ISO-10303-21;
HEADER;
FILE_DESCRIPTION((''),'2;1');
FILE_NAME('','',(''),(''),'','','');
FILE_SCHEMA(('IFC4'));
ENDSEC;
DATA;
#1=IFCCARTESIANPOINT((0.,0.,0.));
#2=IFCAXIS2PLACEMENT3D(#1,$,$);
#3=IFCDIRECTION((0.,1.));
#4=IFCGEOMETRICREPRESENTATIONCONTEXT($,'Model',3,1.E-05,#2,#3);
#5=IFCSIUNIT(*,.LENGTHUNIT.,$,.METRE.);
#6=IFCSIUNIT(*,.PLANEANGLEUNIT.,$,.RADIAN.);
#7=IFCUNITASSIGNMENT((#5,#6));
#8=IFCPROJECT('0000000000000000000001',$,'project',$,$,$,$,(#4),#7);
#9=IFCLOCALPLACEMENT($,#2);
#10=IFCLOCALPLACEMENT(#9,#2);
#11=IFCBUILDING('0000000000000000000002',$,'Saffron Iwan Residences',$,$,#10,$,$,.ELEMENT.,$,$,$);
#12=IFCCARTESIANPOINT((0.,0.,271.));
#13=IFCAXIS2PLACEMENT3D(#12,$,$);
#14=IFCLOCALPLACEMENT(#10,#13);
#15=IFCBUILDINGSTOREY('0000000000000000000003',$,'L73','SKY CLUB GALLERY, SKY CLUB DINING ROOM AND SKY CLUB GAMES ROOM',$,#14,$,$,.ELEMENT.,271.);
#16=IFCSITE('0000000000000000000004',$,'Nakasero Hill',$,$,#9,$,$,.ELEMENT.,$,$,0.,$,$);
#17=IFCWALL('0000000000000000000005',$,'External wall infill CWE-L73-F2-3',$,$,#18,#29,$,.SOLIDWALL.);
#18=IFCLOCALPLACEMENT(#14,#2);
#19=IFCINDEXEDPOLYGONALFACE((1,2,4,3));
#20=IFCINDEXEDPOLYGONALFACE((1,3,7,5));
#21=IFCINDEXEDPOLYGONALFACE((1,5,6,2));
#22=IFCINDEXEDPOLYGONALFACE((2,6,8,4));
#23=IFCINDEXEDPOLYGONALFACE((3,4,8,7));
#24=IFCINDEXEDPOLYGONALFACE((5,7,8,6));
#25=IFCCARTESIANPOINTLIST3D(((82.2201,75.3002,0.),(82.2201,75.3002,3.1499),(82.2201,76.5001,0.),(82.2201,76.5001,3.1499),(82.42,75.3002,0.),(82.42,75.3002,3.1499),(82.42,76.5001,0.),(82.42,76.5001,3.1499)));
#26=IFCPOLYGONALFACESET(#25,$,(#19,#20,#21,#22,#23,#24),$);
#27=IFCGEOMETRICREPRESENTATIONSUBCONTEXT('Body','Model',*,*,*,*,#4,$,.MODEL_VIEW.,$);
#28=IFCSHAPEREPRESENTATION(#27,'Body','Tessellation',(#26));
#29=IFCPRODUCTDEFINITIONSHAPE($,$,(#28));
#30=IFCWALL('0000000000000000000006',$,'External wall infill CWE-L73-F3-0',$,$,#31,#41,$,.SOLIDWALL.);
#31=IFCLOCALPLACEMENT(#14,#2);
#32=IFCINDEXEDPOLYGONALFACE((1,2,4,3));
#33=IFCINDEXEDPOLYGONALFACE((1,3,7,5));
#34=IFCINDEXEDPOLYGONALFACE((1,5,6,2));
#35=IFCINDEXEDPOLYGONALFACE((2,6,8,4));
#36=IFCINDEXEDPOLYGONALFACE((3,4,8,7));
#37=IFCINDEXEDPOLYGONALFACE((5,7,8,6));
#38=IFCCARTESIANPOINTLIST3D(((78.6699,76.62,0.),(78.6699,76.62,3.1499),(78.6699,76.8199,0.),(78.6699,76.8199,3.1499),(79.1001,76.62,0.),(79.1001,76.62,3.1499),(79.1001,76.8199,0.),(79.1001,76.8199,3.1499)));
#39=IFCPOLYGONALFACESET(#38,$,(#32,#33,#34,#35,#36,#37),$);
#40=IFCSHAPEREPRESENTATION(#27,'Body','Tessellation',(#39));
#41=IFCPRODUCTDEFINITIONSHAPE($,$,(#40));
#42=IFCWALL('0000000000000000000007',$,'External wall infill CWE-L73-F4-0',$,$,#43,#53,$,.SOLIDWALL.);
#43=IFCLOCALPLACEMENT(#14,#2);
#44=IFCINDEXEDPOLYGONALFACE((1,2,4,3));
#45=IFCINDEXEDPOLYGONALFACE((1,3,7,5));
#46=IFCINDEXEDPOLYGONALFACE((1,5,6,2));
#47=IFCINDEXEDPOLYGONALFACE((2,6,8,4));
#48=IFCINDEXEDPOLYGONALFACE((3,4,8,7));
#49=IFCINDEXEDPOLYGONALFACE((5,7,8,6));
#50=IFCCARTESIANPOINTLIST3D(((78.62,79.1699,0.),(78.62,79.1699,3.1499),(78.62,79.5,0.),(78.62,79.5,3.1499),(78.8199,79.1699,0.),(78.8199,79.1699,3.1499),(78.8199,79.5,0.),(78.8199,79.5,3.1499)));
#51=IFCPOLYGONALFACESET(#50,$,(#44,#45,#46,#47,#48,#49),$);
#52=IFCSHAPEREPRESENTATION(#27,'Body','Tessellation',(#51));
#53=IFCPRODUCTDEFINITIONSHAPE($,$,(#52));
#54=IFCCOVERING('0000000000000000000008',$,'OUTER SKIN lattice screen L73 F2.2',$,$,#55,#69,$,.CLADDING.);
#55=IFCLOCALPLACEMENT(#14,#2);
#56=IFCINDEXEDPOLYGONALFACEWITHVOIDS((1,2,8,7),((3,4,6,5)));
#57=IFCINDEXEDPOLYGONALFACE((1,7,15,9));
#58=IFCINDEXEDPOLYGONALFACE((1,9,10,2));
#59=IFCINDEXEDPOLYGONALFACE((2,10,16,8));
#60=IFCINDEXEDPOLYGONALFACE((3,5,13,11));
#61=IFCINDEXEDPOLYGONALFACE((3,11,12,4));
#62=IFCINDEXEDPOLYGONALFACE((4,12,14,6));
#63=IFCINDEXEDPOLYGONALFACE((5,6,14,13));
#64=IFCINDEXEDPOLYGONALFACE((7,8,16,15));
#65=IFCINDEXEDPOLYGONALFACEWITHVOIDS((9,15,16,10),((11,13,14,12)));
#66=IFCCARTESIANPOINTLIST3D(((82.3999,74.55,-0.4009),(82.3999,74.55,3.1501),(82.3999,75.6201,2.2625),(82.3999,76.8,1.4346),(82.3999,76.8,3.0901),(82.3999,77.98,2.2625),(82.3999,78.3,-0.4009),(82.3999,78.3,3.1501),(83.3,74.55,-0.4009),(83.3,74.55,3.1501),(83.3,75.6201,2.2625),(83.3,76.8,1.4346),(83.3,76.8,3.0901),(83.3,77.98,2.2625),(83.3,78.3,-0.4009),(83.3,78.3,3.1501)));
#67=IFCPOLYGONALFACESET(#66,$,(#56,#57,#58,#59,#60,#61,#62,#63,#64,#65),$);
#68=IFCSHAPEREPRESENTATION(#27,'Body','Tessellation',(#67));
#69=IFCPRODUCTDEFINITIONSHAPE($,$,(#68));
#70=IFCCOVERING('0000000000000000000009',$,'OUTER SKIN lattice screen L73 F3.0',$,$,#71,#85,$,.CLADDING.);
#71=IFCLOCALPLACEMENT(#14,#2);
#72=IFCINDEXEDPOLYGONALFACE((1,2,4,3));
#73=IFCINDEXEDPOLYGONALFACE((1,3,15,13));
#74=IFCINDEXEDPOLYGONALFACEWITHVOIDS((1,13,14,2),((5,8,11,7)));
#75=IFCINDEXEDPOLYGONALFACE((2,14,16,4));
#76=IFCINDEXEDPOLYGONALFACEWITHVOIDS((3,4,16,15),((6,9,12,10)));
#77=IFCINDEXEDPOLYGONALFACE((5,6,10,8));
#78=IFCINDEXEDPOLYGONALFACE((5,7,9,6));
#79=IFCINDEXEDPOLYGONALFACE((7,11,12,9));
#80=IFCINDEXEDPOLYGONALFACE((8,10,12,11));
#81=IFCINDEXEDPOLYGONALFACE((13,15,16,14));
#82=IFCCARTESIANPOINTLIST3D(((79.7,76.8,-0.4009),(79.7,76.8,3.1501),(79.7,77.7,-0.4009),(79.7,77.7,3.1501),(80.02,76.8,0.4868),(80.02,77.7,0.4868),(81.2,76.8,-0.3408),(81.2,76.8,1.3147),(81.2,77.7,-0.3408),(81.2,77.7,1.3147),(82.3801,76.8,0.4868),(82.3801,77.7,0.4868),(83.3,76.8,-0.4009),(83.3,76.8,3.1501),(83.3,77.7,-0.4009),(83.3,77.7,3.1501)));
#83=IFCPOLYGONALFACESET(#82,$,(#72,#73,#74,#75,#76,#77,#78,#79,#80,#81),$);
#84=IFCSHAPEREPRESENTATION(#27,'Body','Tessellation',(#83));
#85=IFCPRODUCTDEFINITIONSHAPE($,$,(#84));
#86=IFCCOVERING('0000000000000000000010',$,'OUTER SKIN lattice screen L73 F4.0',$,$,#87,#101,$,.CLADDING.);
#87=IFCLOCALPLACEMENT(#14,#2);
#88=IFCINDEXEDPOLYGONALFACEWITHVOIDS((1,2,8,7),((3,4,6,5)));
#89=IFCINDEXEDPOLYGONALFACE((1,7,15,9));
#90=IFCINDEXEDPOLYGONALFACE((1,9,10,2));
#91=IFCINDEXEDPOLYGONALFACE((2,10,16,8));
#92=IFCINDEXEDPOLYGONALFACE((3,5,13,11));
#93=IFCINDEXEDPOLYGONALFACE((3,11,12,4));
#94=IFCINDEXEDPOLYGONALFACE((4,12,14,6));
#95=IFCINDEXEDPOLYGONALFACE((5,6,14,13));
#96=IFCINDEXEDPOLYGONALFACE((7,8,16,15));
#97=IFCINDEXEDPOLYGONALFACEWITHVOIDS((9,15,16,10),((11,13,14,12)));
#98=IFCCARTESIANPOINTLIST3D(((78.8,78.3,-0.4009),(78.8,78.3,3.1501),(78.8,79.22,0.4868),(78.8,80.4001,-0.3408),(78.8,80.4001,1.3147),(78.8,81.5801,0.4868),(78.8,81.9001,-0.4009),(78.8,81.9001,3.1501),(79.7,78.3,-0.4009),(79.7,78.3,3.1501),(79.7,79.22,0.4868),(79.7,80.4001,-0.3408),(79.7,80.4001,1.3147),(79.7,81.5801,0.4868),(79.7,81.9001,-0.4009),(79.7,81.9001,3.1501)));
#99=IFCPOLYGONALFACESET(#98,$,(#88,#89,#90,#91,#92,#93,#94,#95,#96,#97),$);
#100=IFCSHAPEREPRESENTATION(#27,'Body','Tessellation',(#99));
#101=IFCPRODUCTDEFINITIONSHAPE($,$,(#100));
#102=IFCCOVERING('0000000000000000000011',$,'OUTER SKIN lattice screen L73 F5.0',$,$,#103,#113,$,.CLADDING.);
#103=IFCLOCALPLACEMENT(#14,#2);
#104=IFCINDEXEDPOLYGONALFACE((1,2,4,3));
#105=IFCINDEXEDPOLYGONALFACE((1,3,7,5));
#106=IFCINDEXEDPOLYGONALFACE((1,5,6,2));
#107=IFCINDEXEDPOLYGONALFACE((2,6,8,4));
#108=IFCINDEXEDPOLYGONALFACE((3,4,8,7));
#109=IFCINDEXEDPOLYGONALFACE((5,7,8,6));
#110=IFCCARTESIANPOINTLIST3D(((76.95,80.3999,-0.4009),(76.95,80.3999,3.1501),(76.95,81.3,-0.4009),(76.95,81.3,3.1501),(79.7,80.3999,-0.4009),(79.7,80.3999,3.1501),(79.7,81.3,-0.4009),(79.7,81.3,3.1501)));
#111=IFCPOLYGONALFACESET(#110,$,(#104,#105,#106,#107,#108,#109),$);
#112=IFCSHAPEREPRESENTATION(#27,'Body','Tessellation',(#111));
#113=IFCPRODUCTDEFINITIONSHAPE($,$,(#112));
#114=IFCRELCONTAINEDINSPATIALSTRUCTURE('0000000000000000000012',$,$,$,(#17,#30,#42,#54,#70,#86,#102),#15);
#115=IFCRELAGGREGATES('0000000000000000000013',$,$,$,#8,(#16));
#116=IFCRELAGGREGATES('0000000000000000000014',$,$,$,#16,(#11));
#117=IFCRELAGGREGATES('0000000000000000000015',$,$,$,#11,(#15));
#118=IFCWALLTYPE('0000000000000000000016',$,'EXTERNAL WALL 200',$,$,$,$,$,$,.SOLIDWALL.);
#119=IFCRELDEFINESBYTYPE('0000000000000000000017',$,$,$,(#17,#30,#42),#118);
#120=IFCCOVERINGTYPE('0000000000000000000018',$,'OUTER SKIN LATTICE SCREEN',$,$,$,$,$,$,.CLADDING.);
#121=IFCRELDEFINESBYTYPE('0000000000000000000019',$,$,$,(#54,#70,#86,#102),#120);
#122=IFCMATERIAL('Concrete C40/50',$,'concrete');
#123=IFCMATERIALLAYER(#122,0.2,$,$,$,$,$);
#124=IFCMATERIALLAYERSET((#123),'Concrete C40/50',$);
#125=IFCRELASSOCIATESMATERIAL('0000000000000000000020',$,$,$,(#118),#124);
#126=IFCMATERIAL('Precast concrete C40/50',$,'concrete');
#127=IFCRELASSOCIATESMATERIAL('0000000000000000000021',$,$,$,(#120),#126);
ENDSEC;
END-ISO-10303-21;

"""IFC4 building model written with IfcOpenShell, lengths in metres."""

from ifc_helpers import new_model, si_unit, direction, frame, frame_2d, origin, place, context, subcontext, project, spatial, polyline, rectangle, outline, extrude, material, layer, layer_set, type_object, element, save


model = new_model("IFC4")

# Units and contexts
model_context = context("Model", 3, precision=1e-05, world=origin(), true_north=direction((0.0, 1.0)))
body_context = subcontext(model_context, "Body", "Model", "MODEL_VIEW")
ifc_project = project(units=[si_unit("LENGTHUNIT", "METRE"), si_unit("PLANEANGLEUNIT", "RADIAN")], contexts=[model_context])

# Site, building, storey
site_placement = place(None, origin())
site = spatial("IfcSite", under=ifc_project, at=site_placement, Name="Nakasero Hill", CompositionType="ELEMENT", RefElevation=0.0)
building_placement = place(site_placement, origin())
building = spatial("IfcBuilding", under=site, at=building_placement, Name="Saffron Iwan Residences", CompositionType="ELEMENT")
storey_placement = place(building_placement, frame((0.0, 0.0, 271.0)))
storey = spatial("IfcBuildingStorey", under=building, at=storey_placement, Name="L73", Description="SKY CLUB GALLERY, SKY CLUB DINING ROOM AND SKY CLUB GAMES ROOM", CompositionType="ELEMENT", Elevation=271.0)

# Shared definitions
ifc_material_1 = material(Name="Concrete C40/50", Category="concrete")

# Walls
ifc_layer_1 = layer(ifc_material_1, 0.2)
ifc_layer_set_1 = layer_set([ifc_layer_1], Name="Concrete C40/50")
wall_type = type_object("IfcWallType", Name="EXTERNAL WALL 200", PredefinedType="SOLIDWALL", material=ifc_layer_set_1)
wall_1_placement = place(storey_placement, frame((82.3201, 75.3, 0.0), z_axis=(0.0, 0.0, 1.0), x_axis=(0.0, 1.0, 0.0)))
element("IfcWall", 1, at=wall_1_placement, inside=storey, type_object=wall_type, Name="External wall infill CWE-L73-F2-3", PredefinedType="SOLIDWALL", context=body_context, shape_type="SweptSolid", body=[
    extrude(rectangle(XDim=1.2, YDim=0.2, at=frame_2d((0.6001, 0.0))), origin(), (0.0, 0.0, 1.0), 3.1499),
])
wall_2_placement = place(storey_placement, frame((79.1001, 76.72, 0.0), z_axis=(0.0, 0.0, 1.0), x_axis=(-1.0, 0.0, 0.0)))
element("IfcWall", 2, at=wall_2_placement, inside=storey, type_object=wall_type, Name="External wall infill CWE-L73-F3-0", PredefinedType="SOLIDWALL", context=body_context, shape_type="SweptSolid", body=[
    extrude(rectangle(XDim=0.4302, YDim=0.2, at=frame_2d((0.2151, 0.0))), origin(), (0.0, 0.0, 1.0), 3.1499),
])
wall_3_placement = place(storey_placement, frame((78.72, 79.1699, 0.0), z_axis=(0.0, 0.0, 1.0), x_axis=(0.0, 1.0, 0.0)))
element("IfcWall", 3, at=wall_3_placement, inside=storey, type_object=wall_type, Name="External wall infill CWE-L73-F4-0", PredefinedType="SOLIDWALL", context=body_context, shape_type="SweptSolid", body=[
    extrude(rectangle(XDim=0.3301, YDim=0.2, at=frame_2d((0.165, 0.0))), origin(), (0.0, 0.0, 1.0), 3.1499),
])

# Coverings
ifc_material_2 = material(Name="Precast concrete C40/50", Category="concrete")
covering_type = type_object("IfcCoveringType", Name="OUTER SKIN LATTICE SCREEN", PredefinedType="CLADDING", material=ifc_material_2)
covering_1_placement = place(storey_placement, frame((82.3999, 74.55, -0.4009), z_axis=(1.0, 0.0, 0.0), x_axis=(0.0, 1.0, 0.0)))
element("IfcCovering", 4, at=covering_1_placement, inside=storey, type_object=covering_type, Name="OUTER SKIN lattice screen L73 F2.2", PredefinedType="CLADDING", context=body_context, shape_type="SweptSolid", body=[
    extrude(outline(polyline([(0.0, 0.0), (3.75, 0.0), (3.75, 3.551), (0.0, 3.551), (0.0, 0.0)]), holes=[polyline([(1.0701, 2.6633), (2.25, 1.8354), (3.4299, 2.6633), (2.25, 3.491), (1.0701, 2.6633)])]), origin(), (0.0, 0.0, 1.0), 0.9001),
])
for number, where, z_axis, x_axis, name in (
    (5, (83.3, 76.8, -0.4009), (0.0, 1.0, 0.0), (-1.0, 0.0, 0.0), "OUTER SKIN lattice screen L73 F3.0"),
    (6, (78.8, 78.3, -0.4009), (1.0, 0.0, 0.0), (0.0, 1.0, 0.0), "OUTER SKIN lattice screen L73 F4.0"),
):
    element("IfcCovering", number, at=place(storey_placement, frame(where, z_axis=z_axis, x_axis=x_axis)), inside=storey, type_object=covering_type, Name=name, PredefinedType="CLADDING", context=body_context, shape_type="SweptSolid", body=[
        extrude(outline(polyline([(0.0, 0.0), (3.6001, 0.0), (3.6001, 3.551), (0.0, 3.551), (0.0, 0.0)]), holes=[polyline([(0.9199, 0.8877), (2.1001, 0.0601), (3.28, 0.8877), (2.1001, 1.7156), (0.9199, 0.8877)])]), origin(), (0.0, 0.0, 1.0), 0.8999),
    ])
covering_2_placement = place(storey_placement, frame((79.7, 80.3999, -0.4009), z_axis=(0.0, 1.0, 0.0), x_axis=(-1.0, 0.0, 0.0)))
element("IfcCovering", 7, at=covering_2_placement, inside=storey, type_object=covering_type, Name="OUTER SKIN lattice screen L73 F5.0", PredefinedType="CLADDING", context=body_context, shape_type="SweptSolid", body=[
    extrude(outline(polyline([(0.0, 0.0), (2.75, 0.0), (2.75, 3.551), (0.0, 3.551), (0.0, 0.0)])), origin(), (0.0, 0.0, 1.0), 0.9001),
])

save(model, "model.ifc")
